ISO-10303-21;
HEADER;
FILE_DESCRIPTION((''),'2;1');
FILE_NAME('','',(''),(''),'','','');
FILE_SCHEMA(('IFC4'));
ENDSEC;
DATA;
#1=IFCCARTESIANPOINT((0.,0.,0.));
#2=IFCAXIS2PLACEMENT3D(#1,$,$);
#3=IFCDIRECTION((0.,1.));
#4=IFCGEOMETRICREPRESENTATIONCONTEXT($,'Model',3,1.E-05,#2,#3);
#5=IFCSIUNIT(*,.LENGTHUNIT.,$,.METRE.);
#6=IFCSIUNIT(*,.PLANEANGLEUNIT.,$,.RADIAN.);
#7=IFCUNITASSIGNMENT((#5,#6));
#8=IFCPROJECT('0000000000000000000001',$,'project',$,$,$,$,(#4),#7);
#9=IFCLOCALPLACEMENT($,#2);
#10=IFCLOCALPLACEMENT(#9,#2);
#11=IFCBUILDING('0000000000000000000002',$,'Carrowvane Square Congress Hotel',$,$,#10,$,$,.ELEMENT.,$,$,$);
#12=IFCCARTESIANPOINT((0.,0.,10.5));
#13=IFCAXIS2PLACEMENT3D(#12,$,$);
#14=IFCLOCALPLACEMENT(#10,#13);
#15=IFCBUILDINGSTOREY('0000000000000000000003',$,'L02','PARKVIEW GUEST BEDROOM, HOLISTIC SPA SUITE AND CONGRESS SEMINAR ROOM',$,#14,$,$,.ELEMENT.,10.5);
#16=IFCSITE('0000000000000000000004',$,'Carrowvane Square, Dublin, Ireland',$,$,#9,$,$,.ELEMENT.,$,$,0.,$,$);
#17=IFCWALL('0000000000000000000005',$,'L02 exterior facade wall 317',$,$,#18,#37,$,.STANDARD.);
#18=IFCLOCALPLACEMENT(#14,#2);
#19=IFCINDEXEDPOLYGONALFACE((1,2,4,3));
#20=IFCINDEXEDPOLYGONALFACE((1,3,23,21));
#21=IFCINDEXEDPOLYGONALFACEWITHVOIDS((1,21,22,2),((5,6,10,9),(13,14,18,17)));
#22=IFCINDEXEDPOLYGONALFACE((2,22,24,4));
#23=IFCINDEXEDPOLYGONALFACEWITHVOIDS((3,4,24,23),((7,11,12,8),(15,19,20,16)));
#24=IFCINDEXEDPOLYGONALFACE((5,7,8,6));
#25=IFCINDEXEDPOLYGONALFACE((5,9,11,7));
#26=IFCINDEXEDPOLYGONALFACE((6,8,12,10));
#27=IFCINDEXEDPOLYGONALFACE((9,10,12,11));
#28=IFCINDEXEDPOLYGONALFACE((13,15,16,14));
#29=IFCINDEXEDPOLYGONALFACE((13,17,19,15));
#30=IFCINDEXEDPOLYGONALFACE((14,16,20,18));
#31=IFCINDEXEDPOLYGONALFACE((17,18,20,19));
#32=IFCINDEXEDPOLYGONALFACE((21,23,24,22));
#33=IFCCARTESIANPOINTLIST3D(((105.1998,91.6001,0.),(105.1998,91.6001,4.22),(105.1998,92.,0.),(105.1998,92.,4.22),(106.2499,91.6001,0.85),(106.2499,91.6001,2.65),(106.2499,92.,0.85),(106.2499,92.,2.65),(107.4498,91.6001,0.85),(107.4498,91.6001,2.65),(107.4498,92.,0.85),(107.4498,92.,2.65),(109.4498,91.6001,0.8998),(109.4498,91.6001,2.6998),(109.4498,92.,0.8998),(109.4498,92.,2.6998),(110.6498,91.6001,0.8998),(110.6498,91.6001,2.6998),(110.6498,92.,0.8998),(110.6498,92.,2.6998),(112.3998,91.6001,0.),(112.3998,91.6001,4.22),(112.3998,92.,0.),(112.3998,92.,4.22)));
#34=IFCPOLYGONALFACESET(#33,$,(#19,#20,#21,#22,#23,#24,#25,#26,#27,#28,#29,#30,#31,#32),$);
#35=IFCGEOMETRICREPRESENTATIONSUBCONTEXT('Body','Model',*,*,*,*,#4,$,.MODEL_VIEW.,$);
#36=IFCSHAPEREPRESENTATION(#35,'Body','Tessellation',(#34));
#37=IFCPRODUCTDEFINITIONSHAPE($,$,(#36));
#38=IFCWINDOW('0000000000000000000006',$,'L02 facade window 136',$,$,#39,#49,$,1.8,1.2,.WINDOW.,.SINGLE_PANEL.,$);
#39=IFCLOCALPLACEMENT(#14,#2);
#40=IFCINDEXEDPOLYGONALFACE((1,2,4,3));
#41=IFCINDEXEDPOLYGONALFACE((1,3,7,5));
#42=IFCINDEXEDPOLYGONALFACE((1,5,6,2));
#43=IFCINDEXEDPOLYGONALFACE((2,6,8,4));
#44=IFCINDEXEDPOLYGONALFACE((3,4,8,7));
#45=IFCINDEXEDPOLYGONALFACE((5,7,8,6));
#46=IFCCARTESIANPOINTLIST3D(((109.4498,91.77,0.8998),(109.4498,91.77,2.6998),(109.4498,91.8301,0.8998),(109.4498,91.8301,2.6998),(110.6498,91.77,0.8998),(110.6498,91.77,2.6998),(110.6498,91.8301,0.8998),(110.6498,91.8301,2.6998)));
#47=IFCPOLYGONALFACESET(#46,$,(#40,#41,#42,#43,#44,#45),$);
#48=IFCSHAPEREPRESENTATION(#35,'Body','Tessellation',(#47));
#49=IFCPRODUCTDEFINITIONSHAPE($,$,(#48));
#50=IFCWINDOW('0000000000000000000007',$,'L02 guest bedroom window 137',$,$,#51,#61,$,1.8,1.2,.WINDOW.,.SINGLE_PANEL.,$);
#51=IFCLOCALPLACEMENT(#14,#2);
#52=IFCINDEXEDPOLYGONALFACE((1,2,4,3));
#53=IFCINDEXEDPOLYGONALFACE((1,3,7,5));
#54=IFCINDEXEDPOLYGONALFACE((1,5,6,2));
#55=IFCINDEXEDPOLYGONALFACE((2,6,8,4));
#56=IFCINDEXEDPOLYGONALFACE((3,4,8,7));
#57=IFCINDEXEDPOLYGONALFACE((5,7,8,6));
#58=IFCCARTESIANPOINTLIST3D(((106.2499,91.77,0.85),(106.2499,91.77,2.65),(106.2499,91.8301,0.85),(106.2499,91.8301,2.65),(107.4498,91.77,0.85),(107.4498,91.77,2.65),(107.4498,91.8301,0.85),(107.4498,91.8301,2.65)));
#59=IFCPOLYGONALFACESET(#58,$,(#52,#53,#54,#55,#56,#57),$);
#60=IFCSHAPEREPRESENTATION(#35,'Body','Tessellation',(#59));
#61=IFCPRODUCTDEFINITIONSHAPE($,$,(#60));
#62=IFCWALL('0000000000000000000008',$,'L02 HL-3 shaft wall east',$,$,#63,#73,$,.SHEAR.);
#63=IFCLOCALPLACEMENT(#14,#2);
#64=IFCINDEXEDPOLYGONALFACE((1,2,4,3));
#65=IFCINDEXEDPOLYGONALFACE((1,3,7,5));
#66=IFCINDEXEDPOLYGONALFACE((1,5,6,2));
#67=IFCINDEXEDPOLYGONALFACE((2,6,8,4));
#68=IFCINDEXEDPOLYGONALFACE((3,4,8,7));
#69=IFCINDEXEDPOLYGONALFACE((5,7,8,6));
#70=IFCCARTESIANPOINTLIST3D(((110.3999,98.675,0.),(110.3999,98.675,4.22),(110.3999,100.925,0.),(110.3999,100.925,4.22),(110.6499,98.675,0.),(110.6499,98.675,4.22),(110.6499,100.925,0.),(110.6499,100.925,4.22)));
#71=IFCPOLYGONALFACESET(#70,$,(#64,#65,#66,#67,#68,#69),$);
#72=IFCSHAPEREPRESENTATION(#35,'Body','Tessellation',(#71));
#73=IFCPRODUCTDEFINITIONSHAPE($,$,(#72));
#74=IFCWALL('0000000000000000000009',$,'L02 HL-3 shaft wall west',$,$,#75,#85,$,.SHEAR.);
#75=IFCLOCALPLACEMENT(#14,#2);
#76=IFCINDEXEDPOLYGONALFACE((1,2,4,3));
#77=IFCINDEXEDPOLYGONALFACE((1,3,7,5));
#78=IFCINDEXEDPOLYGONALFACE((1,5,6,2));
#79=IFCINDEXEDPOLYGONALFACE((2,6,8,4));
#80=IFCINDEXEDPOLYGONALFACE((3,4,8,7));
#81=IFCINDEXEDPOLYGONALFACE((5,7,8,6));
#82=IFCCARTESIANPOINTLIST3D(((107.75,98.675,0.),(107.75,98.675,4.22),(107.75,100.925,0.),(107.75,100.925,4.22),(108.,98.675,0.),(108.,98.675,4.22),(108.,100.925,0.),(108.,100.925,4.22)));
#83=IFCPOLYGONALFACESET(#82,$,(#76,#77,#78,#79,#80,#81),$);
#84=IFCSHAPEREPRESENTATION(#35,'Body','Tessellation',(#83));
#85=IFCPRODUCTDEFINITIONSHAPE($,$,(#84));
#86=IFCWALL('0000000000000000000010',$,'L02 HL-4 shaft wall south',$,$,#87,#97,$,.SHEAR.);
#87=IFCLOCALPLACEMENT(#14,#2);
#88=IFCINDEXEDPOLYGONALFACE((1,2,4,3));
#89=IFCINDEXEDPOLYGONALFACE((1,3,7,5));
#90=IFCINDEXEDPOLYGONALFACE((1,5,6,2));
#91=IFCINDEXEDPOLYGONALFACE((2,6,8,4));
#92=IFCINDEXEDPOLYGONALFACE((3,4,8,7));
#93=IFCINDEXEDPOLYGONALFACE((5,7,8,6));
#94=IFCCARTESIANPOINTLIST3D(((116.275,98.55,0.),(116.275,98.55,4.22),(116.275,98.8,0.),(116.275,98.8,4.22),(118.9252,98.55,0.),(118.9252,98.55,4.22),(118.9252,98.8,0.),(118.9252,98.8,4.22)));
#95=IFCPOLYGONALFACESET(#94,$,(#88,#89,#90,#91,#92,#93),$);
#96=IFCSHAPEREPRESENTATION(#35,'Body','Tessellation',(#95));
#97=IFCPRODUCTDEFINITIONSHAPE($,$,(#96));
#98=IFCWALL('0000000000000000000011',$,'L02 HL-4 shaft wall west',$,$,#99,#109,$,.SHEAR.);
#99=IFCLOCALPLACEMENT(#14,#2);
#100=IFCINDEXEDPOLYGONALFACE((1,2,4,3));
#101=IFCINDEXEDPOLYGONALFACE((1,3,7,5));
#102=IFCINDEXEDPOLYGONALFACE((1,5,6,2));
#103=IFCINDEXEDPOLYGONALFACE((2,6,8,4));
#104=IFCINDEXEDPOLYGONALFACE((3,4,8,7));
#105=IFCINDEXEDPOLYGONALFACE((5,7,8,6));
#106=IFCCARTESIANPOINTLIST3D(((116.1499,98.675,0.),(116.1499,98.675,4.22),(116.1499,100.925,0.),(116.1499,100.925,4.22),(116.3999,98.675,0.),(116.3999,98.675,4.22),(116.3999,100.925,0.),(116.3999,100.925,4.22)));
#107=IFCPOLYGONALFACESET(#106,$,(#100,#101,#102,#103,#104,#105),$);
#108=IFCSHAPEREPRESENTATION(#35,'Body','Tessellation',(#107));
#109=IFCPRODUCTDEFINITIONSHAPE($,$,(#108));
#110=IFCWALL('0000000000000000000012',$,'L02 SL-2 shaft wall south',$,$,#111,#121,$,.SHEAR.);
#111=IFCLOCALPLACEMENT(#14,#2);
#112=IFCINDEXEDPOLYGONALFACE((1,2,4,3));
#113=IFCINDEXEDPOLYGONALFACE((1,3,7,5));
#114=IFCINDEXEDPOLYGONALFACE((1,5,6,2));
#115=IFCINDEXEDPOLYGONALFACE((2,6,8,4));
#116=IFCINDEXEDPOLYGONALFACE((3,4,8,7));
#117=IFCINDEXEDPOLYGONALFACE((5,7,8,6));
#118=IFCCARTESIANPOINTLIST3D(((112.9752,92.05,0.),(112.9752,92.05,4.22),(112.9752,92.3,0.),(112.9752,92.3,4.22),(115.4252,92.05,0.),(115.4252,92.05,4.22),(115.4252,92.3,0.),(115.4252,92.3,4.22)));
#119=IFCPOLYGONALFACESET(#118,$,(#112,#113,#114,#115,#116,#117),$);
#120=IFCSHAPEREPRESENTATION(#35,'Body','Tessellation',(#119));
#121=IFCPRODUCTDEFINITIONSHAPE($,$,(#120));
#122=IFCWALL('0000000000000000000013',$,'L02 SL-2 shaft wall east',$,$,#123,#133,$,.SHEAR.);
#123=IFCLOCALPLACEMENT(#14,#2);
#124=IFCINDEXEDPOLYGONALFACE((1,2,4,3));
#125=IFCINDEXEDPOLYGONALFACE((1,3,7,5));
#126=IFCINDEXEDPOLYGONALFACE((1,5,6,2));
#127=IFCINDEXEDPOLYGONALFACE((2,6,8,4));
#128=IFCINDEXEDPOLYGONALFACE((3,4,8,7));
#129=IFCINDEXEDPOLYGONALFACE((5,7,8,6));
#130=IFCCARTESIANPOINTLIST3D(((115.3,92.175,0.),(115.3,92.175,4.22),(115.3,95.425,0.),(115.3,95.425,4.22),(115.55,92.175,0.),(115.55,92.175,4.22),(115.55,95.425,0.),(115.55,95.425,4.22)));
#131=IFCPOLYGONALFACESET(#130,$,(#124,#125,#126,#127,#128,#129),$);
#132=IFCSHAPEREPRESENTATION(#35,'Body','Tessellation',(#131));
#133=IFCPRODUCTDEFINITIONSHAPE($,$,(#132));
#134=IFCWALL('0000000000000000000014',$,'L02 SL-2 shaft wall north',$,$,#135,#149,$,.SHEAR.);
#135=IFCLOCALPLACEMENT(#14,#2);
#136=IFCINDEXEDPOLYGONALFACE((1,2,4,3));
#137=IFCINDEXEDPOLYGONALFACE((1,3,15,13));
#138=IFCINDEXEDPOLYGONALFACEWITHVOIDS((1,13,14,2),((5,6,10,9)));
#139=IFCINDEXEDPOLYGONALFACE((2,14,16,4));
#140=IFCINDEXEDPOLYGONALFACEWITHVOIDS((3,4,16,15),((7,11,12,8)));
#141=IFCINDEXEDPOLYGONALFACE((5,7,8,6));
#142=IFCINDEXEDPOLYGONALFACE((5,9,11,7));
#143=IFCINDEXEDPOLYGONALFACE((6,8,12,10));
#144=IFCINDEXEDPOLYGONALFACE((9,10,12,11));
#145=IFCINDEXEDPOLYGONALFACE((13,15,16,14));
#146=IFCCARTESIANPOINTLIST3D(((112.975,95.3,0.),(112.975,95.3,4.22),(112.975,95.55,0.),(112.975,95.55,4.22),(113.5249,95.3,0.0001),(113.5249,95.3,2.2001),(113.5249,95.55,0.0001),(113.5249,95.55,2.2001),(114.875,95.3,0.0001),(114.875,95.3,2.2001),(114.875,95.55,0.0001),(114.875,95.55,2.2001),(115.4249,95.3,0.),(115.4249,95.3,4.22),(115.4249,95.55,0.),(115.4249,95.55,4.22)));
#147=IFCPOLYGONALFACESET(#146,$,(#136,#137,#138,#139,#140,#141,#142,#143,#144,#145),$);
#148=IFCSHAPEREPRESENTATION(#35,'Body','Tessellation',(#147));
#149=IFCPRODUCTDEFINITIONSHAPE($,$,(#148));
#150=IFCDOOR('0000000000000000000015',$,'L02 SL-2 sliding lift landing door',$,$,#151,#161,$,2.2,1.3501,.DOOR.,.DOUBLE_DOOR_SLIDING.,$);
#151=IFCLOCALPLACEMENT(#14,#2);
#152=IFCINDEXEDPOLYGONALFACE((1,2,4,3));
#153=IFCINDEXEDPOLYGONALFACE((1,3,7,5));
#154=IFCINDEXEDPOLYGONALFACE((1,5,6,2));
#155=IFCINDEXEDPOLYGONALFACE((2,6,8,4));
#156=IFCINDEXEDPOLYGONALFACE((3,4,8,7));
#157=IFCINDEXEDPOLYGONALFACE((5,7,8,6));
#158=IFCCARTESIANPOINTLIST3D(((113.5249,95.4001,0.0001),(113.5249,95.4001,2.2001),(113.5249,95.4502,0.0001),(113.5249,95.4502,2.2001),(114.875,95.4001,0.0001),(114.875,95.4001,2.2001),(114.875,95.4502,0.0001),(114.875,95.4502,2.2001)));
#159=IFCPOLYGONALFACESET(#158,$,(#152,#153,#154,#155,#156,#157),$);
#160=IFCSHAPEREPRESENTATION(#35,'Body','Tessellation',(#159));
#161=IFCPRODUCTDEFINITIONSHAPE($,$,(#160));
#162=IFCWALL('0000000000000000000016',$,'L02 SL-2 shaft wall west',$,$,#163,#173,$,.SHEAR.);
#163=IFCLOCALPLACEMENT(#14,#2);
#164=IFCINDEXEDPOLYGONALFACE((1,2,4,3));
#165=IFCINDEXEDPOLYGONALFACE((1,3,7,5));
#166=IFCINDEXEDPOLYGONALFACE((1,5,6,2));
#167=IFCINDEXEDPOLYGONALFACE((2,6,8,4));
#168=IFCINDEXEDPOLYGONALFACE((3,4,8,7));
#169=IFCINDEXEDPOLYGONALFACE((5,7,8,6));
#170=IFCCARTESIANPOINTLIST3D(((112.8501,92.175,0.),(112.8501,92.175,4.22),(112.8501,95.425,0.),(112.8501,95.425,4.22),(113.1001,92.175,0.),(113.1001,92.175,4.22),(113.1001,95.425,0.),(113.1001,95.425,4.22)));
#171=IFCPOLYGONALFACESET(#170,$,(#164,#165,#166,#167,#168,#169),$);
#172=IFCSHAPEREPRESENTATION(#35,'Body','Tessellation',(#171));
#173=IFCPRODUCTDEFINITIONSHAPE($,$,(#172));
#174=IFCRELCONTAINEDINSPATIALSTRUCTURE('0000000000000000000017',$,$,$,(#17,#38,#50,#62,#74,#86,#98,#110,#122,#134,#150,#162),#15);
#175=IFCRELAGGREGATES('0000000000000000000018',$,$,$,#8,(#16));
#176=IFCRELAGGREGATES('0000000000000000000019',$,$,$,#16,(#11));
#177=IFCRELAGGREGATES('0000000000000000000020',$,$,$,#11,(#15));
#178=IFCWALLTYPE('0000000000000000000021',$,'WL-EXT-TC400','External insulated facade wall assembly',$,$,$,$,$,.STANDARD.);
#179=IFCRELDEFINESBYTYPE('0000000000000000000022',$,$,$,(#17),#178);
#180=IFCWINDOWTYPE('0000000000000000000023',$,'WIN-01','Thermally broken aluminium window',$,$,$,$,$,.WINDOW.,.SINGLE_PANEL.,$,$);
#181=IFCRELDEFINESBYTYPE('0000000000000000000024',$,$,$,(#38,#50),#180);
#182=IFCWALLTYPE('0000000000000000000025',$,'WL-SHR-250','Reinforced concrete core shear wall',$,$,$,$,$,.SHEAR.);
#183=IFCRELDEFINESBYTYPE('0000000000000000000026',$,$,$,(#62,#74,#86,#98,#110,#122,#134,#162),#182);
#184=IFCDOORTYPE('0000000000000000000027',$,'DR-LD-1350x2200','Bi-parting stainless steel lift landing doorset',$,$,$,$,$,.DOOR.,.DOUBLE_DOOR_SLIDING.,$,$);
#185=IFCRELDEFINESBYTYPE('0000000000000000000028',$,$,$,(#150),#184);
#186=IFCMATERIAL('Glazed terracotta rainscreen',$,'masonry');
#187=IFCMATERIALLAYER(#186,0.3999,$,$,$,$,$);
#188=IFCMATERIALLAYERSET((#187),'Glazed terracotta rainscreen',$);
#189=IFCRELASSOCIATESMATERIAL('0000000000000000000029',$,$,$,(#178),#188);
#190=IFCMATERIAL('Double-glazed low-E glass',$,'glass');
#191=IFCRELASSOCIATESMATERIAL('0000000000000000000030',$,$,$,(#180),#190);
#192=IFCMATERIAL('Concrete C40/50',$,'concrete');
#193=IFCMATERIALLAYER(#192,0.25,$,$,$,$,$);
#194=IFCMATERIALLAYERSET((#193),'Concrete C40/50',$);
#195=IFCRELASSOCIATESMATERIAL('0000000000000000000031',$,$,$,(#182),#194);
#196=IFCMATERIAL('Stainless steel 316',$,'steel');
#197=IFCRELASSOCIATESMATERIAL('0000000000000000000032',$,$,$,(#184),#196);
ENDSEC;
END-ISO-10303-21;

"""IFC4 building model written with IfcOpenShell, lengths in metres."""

from ifc_helpers import new_model, si_unit, direction, frame, frame_2d, origin, place, context, subcontext, project, spatial, rectangle, extrude, material, layer, layer_set, type_object, element, fill, save


model = new_model("IFC4")

# Units and contexts
model_context = context("Model", 3, precision=1e-05, world=origin(), true_north=direction((0.0, 1.0)))
body_context = subcontext(model_context, "Body", "Model", "MODEL_VIEW")
ifc_project = project(units=[si_unit("LENGTHUNIT", "METRE"), si_unit("PLANEANGLEUNIT", "RADIAN")], contexts=[model_context])

# Site, building, storey
site_placement = place(None, origin())
site = spatial("IfcSite", under=ifc_project, at=site_placement, Name="Carrowvane Square, Dublin, Ireland", CompositionType="ELEMENT", RefElevation=0.0)
building_placement = place(site_placement, origin())
building = spatial("IfcBuilding", under=site, at=building_placement, Name="Carrowvane Square Congress Hotel", CompositionType="ELEMENT")
storey_placement = place(building_placement, frame((0.0, 0.0, 10.5)))
storey = spatial("IfcBuildingStorey", under=building, at=storey_placement, Name="L02", Description="PARKVIEW GUEST BEDROOM, HOLISTIC SPA SUITE AND CONGRESS SEMINAR ROOM", CompositionType="ELEMENT", Elevation=10.5)

# Wall, openings, windows
ifc_material_1 = material(Name="Glazed terracotta rainscreen", Category="masonry")
ifc_layer_1 = layer(ifc_material_1, 0.3999)
ifc_layer_set_1 = layer_set([ifc_layer_1], Name="Glazed terracotta rainscreen")
wall_type_1 = type_object("IfcWallType", Name="WL-EXT-TC400", Description="External insulated facade wall assembly", PredefinedType="STANDARD", material=ifc_layer_set_1)
wall_1_placement = place(storey_placement, frame((112.3999, 91.8, 0.0), z_axis=(0.0, 0.0, 1.0), x_axis=(-1.0, 0.0, 0.0)))
wall_1 = element("IfcWall", 1, at=wall_1_placement, inside=storey, type_object=wall_type_1, Name="L02 exterior facade wall 317", PredefinedType="STANDARD", context=body_context, shape_type="SweptSolid", body=[
    extrude(rectangle(XDim=7.2, YDim=0.3999, at=frame_2d((3.6001, 0.0))), origin(), (0.0, 0.0, 1.0), 4.22),
])
opening_1_placement = place(wall_1_placement, frame((1.75, 0.0, 0.8999)))
opening_1 = element("IfcOpeningElement", 2, at=opening_1_placement, cuts=wall_1, PredefinedType="OPENING", context=body_context, shape_type="SweptSolid", body=[
    extrude(rectangle(XDim=1.2, YDim=1.8, at=frame_2d((0.6001, 0.8999))), frame((0.0, 0.21, 0.0), z_axis=(0.0, -1.0, 0.0), x_axis=(1.0, 0.0, 0.0)), (0.0, 0.0, 1.0), 0.4199),
])
opening_2_placement = place(wall_1_placement, frame((4.95, 0.0, 0.8501)))
opening_2 = element("IfcOpeningElement", 3, at=opening_2_placement, cuts=wall_1, PredefinedType="OPENING", context=body_context, shape_type="SweptSolid", body=[
    extrude(rectangle(XDim=1.2, YDim=1.8, at=frame_2d((0.6001, 0.8999))), frame((0.0, 0.21, 0.0), z_axis=(0.0, -1.0, 0.0), x_axis=(1.0, 0.0, 0.0)), (0.0, 0.0, 1.0), 0.4199),
])
ifc_material_2 = material(Name="Double-glazed low-E glass", Category="glass")
window_type = type_object("IfcWindowType", Name="WIN-01", Description="Thermally broken aluminium window", PartitioningType="SINGLE_PANEL", PredefinedType="WINDOW", material=ifc_material_2)
window_1_placement = place(opening_1_placement, origin())
window_1 = element("IfcWindow", 4, at=window_1_placement, inside=storey, type_object=window_type, Name="L02 facade window 136", OverallHeight=1.8, OverallWidth=1.2, PartitioningType="SINGLE_PANEL", PredefinedType="WINDOW", context=body_context, shape_type="SweptSolid", body=[
    extrude(rectangle(XDim=1.2, YDim=1.8, at=frame_2d((0.6001, 0.8999))), frame((0.0, 0.03, 0.0), z_axis=(0.0, -1.0, 0.0), x_axis=(1.0, 0.0, 0.0)), (0.0, 0.0, 1.0), 0.0601),
])
fill(opening_1, window_1)
window_2_placement = place(opening_2_placement, origin())
window_2 = element("IfcWindow", 5, at=window_2_placement, inside=storey, type_object=window_type, Name="L02 guest bedroom window 137", OverallHeight=1.8, OverallWidth=1.2, PartitioningType="SINGLE_PANEL", PredefinedType="WINDOW", context=body_context, shape_type="SweptSolid", body=[
    extrude(rectangle(XDim=1.2, YDim=1.8, at=frame_2d((0.6001, 0.8999))), frame((0.0, 0.03, 0.0), z_axis=(0.0, -1.0, 0.0), x_axis=(1.0, 0.0, 0.0)), (0.0, 0.0, 1.0), 0.0601),
])
fill(opening_2, window_2)

# Wall
ifc_material_3 = material(Name="Concrete C40/50", Category="concrete")
ifc_layer_2 = layer(ifc_material_3, 0.25)
ifc_layer_set_2 = layer_set([ifc_layer_2], Name="Concrete C40/50")
wall_type_2 = type_object("IfcWallType", Name="WL-SHR-250", Description="Reinforced concrete core shear wall", PredefinedType="SHEAR", material=ifc_layer_set_2)
wall_2_placement = place(storey_placement, frame((110.5249, 98.675, 0.0), z_axis=(0.0, 0.0, 1.0), x_axis=(0.0, 1.0, 0.0)))
element("IfcWall", 6, at=wall_2_placement, inside=storey, type_object=wall_type_2, Name="L02 HL-3 shaft wall east", PredefinedType="SHEAR", context=body_context, shape_type="SweptSolid", body=[
    extrude(rectangle(XDim=2.25, YDim=0.25, at=frame_2d((1.125, 0.0))), origin(), (0.0, 0.0, 1.0), 4.22),
])

# Walls
wall_3_placement = place(storey_placement, frame((107.875, 100.925, 0.0), z_axis=(0.0, 0.0, 1.0), x_axis=(0.0, -1.0, 0.0)))
element("IfcWall", 7, at=wall_3_placement, inside=storey, type_object=wall_type_2, Name="L02 HL-3 shaft wall west", PredefinedType="SHEAR", context=body_context, shape_type="SweptSolid", body=[
    extrude(rectangle(XDim=2.25, YDim=0.25, at=frame_2d((1.125, 0.0))), origin(), (0.0, 0.0, 1.0), 4.22),
])
wall_4_placement = place(storey_placement, frame((116.2749, 98.675, 0.0), z_axis=(0.0, 0.0, 1.0), x_axis=(1.0, 0.0, 0.0)))
element("IfcWall", 8, at=wall_4_placement, inside=storey, type_object=wall_type_2, Name="L02 HL-4 shaft wall south", PredefinedType="SHEAR", context=body_context, shape_type="SweptSolid", body=[
    extrude(rectangle(XDim=2.6501, YDim=0.25, at=frame_2d((1.3252, 0.0))), origin(), (0.0, 0.0, 1.0), 4.22),
])
wall_5_placement = place(storey_placement, frame((116.2749, 100.925, 0.0), z_axis=(0.0, 0.0, 1.0), x_axis=(0.0, -1.0, 0.0)))
element("IfcWall", 9, at=wall_5_placement, inside=storey, type_object=wall_type_2, Name="L02 HL-4 shaft wall west", PredefinedType="SHEAR", context=body_context, shape_type="SweptSolid", body=[
    extrude(rectangle(XDim=2.25, YDim=0.25, at=frame_2d((1.125, 0.0))), origin(), (0.0, 0.0, 1.0), 4.22),
])
wall_6_placement = place(storey_placement, frame((112.9751, 92.175, 0.0), z_axis=(0.0, 0.0, 1.0), x_axis=(1.0, 0.0, 0.0)))
element("IfcWall", 10, at=wall_6_placement, inside=storey, type_object=wall_type_2, Name="L02 SL-2 shaft wall south", PredefinedType="SHEAR", context=body_context, shape_type="SweptSolid", body=[
    extrude(rectangle(XDim=2.45, YDim=0.25, at=frame_2d((1.2251, 0.0))), origin(), (0.0, 0.0, 1.0), 4.22),
])
wall_7_placement = place(storey_placement, frame((115.425, 92.175, 0.0), z_axis=(0.0, 0.0, 1.0), x_axis=(0.0, 1.0, 0.0)))
element("IfcWall", 11, at=wall_7_placement, inside=storey, type_object=wall_type_2, Name="L02 SL-2 shaft wall east", PredefinedType="SHEAR", context=body_context, shape_type="SweptSolid", body=[
    extrude(rectangle(XDim=3.25, YDim=0.25, at=frame_2d((1.625, 0.0))), origin(), (0.0, 0.0, 1.0), 4.22),
])

# Wall, opening, door
wall_8_placement = place(storey_placement, frame((115.425, 95.425, 0.0), z_axis=(0.0, 0.0, 1.0), x_axis=(-1.0, 0.0, 0.0)))
wall_8 = element("IfcWall", 12, at=wall_8_placement, inside=storey, type_object=wall_type_2, Name="L02 SL-2 shaft wall north", PredefinedType="SHEAR", context=body_context, shape_type="SweptSolid", body=[
    extrude(rectangle(XDim=2.45, YDim=0.25, at=frame_2d((1.2251, 0.0))), origin(), (0.0, 0.0, 1.0), 4.22),
])
opening_3_placement = place(wall_8_placement, frame((0.55, 0.0, 0.0)))
opening_3 = element("IfcOpeningElement", 13, at=opening_3_placement, cuts=wall_8, PredefinedType="OPENING", context=body_context, shape_type="SweptSolid", body=[
    extrude(rectangle(XDim=1.3501, YDim=2.2, at=frame_2d((0.675, 1.1001))), frame((0.0, 0.135, 0.0), z_axis=(0.0, -1.0, 0.0), x_axis=(1.0, 0.0, 0.0)), (0.0, 0.0, 1.0), 0.27),
])
ifc_material_4 = material(Name="Stainless steel 316", Category="steel")
door_type_1 = type_object("IfcDoorType", Name="DR-LD-1350x2200", Description="Bi-parting stainless steel lift landing doorset", OperationType="DOUBLE_DOOR_SLIDING", PredefinedType="DOOR", material=ifc_material_4)
door_1_placement = place(opening_3_placement, origin())
door_1 = element("IfcDoor", 14, at=door_1_placement, inside=storey, type_object=door_type_1, Name="L02 SL-2 sliding lift landing door", OperationType="DOUBLE_DOOR_SLIDING", OverallHeight=2.2, OverallWidth=1.3501, PredefinedType="DOOR", context=body_context, shape_type="SweptSolid", body=[
    extrude(rectangle(XDim=1.3501, YDim=2.2, at=frame_2d((0.675, 1.1001))), frame((0.0, 0.0249, 0.0), z_axis=(0.0, -1.0, 0.0), x_axis=(1.0, 0.0, 0.0)), (0.0, 0.0, 1.0), 0.05),
])
fill(opening_3, door_1)

# Wall
wall_9_placement = place(storey_placement, frame((112.9751, 95.425, 0.0), z_axis=(0.0, 0.0, 1.0), x_axis=(0.0, -1.0, 0.0)))
element("IfcWall", 15, at=wall_9_placement, inside=storey, type_object=wall_type_2, Name="L02 SL-2 shaft wall west", PredefinedType="SHEAR", context=body_context, shape_type="SweptSolid", body=[
    extrude(rectangle(XDim=3.25, YDim=0.25, at=frame_2d((1.625, 0.0))), origin(), (0.0, 0.0, 1.0), 4.22),
])

save(model, "model.ifc")
